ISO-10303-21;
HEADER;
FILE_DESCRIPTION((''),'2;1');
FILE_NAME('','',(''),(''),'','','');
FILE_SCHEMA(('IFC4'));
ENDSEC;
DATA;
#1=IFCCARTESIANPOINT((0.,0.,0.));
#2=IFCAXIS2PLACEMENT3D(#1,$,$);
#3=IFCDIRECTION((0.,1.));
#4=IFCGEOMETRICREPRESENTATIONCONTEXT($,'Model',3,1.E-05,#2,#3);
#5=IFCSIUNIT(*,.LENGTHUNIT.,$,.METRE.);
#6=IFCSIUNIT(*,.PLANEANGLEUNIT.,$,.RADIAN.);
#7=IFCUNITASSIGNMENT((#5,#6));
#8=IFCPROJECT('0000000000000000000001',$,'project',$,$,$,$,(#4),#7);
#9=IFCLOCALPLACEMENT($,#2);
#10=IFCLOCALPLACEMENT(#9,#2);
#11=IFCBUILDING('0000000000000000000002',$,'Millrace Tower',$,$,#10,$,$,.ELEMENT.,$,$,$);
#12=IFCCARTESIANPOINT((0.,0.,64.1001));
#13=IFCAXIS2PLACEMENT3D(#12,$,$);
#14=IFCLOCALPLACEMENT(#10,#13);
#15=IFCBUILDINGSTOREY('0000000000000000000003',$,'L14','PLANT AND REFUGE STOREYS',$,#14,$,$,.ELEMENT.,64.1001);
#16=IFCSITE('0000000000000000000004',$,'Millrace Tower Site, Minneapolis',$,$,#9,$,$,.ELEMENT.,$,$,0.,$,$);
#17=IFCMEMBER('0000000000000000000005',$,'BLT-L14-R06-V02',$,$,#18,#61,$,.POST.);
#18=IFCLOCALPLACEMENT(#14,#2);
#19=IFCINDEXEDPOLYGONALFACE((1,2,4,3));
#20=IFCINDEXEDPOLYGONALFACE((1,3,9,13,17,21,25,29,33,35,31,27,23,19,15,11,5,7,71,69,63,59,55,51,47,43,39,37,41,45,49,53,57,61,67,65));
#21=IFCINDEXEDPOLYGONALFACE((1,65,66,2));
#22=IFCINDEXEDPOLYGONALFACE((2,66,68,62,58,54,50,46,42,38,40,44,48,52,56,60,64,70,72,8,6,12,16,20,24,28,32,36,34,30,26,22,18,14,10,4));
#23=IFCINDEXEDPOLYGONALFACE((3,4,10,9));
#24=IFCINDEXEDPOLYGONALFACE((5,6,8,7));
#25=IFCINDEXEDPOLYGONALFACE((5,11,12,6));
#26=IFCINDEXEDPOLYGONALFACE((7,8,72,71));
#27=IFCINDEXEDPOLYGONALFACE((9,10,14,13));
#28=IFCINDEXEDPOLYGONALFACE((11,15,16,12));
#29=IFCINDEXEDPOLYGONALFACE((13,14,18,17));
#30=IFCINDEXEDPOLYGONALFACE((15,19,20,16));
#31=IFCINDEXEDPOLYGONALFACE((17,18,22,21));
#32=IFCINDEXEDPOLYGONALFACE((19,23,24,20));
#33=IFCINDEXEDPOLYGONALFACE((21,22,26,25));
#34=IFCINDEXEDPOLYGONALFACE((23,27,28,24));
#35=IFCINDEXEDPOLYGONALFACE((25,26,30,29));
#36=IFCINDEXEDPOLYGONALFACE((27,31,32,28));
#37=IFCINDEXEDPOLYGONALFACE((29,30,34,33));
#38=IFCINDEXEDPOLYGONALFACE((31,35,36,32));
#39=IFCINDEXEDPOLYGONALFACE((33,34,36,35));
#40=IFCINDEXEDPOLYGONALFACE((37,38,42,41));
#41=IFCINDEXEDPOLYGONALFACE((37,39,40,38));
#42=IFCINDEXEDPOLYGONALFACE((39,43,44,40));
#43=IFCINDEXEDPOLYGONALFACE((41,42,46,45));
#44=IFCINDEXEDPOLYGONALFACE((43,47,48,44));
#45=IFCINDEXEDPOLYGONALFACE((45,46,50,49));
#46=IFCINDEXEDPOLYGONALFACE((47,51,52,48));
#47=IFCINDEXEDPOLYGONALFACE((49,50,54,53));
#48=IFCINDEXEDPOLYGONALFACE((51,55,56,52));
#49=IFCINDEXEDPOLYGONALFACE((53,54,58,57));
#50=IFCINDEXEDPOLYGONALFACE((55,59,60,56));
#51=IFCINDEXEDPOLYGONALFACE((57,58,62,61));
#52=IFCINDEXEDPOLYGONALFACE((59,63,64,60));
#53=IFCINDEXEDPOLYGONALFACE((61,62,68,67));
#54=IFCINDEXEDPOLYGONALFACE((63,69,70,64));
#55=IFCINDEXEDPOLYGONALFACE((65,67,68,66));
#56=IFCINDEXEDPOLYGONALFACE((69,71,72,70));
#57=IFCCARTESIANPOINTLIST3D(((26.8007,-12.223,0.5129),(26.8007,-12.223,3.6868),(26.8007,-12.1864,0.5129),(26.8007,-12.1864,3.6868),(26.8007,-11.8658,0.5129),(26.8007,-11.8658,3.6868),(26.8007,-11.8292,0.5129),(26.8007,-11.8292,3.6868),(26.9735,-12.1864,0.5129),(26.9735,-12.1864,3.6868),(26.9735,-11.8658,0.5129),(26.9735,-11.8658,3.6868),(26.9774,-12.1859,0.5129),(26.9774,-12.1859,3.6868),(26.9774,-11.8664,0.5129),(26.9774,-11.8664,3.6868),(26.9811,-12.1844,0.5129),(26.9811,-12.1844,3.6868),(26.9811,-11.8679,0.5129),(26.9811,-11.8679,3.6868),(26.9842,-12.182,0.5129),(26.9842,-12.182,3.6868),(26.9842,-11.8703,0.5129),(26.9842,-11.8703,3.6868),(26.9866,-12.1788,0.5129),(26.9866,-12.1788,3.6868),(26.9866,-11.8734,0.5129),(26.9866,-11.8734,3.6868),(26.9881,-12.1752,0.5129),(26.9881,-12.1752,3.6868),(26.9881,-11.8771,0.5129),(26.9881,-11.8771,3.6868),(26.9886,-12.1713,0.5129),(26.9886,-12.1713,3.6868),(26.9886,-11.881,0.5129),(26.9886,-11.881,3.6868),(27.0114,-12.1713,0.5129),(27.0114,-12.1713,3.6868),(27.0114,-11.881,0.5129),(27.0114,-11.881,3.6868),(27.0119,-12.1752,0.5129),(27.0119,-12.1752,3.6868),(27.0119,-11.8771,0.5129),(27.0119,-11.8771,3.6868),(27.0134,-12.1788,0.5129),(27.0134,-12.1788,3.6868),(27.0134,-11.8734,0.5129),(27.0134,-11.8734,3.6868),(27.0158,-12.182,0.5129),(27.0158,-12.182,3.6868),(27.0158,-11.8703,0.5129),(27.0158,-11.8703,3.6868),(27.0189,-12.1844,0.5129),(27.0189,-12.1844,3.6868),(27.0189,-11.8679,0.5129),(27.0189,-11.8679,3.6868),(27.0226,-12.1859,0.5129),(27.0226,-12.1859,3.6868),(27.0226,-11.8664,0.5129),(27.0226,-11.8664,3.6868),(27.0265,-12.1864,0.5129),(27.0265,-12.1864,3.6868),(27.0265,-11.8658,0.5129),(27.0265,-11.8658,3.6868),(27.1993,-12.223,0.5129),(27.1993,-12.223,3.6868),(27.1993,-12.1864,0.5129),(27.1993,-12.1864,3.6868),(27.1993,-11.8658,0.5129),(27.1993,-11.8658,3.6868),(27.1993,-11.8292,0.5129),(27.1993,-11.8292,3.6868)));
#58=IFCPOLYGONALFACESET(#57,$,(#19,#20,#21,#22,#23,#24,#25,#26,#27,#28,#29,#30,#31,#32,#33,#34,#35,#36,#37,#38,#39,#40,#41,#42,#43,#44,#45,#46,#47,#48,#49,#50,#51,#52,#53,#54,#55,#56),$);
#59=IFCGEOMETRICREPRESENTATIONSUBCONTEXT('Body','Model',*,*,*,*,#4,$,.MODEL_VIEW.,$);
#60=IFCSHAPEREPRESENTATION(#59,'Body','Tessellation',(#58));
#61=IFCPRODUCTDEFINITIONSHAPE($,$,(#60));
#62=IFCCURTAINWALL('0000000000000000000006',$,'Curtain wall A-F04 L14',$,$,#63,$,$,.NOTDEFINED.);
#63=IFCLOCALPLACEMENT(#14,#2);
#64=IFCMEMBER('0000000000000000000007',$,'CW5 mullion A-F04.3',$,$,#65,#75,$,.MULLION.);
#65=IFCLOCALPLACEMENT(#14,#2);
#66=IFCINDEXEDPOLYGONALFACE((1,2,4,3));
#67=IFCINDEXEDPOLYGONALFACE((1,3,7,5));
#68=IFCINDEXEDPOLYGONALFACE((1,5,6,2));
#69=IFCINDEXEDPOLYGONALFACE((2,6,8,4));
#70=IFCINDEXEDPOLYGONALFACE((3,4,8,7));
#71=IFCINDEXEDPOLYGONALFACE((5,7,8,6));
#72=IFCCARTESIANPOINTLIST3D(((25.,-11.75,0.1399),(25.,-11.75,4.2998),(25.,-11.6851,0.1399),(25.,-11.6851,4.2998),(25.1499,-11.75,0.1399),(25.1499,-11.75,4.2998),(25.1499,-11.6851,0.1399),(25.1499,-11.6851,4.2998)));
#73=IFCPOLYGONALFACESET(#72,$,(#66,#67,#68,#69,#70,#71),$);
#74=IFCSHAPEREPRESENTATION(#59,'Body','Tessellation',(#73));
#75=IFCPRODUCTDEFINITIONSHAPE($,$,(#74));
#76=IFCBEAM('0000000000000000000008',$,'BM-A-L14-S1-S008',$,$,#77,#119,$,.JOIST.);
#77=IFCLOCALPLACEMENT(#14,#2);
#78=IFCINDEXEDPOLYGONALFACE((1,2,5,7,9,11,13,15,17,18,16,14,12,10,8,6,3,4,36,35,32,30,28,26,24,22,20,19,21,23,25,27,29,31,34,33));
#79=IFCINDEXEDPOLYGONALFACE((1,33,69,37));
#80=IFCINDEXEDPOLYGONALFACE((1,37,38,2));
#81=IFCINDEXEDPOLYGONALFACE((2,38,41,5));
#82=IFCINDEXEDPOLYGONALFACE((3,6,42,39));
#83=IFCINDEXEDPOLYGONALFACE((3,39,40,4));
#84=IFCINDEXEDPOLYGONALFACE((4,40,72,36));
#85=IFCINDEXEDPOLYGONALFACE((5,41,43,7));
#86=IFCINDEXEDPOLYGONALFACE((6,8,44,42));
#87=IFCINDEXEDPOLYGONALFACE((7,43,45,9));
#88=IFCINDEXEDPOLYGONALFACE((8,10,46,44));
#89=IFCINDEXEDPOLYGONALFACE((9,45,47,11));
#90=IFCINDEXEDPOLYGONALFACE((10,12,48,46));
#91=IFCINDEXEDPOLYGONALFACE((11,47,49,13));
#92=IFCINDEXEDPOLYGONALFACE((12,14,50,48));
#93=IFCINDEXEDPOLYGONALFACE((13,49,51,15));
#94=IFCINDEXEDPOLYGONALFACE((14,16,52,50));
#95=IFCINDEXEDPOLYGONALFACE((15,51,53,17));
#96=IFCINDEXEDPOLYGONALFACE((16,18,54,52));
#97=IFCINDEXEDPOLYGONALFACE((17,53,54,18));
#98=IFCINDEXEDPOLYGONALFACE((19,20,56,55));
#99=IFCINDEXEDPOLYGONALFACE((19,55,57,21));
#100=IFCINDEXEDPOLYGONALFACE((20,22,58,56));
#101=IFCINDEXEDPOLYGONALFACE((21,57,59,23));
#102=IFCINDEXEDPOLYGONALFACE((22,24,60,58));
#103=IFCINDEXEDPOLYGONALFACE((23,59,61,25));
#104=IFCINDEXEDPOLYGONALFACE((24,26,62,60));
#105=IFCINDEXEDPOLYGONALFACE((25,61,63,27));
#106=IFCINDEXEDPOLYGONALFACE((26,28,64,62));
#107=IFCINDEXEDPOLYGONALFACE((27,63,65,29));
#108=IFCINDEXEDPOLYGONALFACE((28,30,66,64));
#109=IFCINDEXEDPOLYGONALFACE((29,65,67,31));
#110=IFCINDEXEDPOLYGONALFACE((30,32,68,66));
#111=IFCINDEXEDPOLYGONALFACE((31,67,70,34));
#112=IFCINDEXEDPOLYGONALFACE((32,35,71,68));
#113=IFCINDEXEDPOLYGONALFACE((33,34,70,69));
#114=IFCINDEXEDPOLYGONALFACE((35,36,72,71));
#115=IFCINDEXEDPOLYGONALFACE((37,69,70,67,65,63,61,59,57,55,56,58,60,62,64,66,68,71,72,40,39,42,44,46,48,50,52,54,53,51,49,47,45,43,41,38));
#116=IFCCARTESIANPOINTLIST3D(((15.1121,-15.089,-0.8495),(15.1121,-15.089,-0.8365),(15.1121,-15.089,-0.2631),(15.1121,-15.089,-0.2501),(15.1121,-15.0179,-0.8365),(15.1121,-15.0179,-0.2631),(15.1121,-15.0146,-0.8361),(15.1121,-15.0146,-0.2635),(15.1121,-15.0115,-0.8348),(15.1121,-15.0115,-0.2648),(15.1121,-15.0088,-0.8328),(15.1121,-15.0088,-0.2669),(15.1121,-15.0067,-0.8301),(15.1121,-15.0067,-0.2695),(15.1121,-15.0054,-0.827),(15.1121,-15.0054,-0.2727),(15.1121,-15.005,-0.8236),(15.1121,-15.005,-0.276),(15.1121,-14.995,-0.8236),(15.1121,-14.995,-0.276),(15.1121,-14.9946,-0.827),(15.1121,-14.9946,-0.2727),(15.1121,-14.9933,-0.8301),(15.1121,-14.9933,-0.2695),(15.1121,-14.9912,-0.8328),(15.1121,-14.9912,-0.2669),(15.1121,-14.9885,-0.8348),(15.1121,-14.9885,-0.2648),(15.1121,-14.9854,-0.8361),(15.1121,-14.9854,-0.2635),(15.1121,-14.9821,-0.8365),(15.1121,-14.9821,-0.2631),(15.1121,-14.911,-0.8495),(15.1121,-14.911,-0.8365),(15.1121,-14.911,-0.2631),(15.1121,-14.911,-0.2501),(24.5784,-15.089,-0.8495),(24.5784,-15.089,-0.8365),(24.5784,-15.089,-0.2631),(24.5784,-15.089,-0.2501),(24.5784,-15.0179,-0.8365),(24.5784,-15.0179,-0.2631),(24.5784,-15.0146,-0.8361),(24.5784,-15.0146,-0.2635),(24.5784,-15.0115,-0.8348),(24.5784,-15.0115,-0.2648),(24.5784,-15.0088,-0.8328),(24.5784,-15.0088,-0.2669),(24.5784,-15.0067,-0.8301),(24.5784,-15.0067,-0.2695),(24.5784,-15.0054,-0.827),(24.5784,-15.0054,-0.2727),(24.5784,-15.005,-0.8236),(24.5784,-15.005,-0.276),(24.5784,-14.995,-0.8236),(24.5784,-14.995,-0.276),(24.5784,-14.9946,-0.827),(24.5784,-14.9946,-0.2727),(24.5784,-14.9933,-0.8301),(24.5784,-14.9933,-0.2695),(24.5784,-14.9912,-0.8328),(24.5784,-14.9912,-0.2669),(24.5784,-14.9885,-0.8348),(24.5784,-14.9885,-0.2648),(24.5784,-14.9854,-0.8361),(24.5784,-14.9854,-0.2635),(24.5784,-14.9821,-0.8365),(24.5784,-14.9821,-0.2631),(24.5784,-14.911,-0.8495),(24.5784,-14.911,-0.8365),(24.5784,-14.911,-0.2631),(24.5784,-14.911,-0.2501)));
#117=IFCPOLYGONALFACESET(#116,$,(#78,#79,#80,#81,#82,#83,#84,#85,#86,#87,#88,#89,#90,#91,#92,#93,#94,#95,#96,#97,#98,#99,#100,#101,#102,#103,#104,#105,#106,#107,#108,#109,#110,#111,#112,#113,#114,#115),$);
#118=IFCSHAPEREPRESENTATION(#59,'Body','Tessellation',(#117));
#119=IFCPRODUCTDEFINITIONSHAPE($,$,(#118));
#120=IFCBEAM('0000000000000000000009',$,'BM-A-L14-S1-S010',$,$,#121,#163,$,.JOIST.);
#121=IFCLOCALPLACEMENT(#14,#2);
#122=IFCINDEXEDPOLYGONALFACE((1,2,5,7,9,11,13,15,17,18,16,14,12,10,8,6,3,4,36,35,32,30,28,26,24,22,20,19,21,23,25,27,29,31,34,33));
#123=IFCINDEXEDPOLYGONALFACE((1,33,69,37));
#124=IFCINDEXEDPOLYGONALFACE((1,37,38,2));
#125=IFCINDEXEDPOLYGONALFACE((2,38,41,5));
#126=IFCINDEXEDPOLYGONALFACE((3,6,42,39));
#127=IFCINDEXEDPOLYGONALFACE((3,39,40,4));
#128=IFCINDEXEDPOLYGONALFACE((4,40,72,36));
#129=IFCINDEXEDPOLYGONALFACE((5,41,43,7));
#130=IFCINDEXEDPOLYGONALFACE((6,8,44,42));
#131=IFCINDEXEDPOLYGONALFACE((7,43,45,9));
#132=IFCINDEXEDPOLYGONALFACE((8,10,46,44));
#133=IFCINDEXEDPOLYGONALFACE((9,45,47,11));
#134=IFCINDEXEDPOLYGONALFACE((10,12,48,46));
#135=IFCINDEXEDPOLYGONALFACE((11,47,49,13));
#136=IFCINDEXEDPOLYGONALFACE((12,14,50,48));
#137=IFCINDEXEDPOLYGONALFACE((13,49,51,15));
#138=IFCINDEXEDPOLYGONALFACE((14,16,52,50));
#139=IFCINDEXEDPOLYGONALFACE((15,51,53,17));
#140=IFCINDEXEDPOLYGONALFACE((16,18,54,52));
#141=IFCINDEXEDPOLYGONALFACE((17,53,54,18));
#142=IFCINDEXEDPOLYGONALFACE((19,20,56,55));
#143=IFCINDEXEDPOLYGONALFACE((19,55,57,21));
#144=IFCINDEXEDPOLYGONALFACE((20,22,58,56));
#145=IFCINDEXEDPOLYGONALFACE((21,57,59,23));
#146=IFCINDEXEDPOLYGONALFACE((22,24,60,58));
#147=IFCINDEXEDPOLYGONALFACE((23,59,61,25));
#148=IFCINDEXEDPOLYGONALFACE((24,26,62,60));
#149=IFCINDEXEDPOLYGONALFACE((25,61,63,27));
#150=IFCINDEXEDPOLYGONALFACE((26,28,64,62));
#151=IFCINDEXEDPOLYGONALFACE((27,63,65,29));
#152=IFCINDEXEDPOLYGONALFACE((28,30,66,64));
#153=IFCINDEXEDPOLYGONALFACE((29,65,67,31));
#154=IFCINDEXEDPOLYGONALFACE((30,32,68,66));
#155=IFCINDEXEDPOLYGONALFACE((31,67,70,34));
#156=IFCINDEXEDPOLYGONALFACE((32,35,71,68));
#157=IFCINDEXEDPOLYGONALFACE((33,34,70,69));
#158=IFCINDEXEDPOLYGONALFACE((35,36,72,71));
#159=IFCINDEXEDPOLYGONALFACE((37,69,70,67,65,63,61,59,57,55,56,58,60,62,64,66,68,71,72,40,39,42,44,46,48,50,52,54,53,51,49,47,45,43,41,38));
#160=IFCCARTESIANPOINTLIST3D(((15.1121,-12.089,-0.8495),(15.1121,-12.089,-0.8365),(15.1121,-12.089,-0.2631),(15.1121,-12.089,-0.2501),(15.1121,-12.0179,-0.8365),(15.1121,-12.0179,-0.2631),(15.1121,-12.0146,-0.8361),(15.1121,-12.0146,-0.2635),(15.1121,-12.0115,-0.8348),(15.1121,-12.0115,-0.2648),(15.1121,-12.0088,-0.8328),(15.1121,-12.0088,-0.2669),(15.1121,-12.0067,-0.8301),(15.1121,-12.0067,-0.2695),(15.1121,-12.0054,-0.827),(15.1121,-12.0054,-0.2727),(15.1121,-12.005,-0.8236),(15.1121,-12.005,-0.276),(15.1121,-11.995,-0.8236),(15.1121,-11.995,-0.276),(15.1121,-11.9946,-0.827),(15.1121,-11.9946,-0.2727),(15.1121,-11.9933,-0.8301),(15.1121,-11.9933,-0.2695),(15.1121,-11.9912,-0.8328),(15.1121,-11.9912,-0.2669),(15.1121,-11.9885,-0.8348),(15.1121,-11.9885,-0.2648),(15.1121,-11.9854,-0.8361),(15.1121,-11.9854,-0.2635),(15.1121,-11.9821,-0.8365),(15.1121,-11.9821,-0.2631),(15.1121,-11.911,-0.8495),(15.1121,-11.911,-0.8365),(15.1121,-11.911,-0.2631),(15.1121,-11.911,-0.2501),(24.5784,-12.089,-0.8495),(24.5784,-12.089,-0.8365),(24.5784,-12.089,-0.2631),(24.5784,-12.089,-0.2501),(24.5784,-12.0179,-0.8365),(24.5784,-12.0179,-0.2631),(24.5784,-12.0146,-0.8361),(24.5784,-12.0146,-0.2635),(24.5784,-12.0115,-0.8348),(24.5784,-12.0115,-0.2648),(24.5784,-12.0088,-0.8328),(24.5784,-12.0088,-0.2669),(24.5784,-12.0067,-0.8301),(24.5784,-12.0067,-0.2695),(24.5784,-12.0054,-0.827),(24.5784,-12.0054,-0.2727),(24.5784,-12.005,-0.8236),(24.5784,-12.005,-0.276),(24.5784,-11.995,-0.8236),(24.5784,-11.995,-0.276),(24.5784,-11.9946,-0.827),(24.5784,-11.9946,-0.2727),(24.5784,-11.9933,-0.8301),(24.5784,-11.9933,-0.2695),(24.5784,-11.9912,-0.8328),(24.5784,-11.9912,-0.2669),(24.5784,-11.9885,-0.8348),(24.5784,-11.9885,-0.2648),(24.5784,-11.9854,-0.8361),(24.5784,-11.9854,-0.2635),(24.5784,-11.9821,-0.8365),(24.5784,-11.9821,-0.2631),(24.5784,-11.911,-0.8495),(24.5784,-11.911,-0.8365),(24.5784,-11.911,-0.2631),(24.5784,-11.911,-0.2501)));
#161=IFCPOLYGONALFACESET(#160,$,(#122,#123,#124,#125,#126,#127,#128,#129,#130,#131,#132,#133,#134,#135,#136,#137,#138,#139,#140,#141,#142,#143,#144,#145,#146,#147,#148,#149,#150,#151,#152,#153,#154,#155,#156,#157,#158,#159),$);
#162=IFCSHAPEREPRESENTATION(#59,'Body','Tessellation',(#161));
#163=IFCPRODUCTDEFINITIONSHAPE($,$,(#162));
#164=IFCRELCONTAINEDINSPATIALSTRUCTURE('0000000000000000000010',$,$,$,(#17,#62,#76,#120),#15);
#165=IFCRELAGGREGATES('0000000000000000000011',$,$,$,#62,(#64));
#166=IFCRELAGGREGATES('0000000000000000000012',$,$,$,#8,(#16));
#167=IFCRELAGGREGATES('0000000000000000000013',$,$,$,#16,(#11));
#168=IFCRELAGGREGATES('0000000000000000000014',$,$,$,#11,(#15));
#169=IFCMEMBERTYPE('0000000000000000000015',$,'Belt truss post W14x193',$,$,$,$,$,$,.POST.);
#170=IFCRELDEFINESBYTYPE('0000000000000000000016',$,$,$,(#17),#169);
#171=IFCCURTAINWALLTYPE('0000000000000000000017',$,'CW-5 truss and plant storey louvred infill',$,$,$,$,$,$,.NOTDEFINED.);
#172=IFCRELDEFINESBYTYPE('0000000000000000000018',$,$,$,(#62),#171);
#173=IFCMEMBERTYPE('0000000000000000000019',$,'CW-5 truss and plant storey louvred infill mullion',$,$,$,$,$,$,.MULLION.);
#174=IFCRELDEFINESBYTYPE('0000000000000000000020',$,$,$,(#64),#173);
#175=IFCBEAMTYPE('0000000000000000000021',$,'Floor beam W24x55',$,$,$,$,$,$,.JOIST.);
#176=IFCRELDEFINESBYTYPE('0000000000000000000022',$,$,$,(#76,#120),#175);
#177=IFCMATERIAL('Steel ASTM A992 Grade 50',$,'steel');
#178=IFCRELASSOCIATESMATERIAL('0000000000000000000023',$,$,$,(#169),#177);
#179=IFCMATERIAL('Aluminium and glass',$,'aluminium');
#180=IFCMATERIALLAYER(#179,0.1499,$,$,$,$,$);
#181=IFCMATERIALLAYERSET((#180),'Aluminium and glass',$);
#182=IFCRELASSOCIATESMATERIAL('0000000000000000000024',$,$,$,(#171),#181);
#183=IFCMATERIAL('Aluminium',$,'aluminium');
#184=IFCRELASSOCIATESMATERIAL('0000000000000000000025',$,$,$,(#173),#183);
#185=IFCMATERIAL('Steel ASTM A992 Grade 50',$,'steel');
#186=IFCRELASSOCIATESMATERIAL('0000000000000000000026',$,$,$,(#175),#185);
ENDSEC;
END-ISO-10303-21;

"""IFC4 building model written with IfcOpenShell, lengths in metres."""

from ifc_helpers import new_model, si_unit, direction, frame, origin, origin_2d, place, context, subcontext, project, spatial, rectangle, i_section, extrude, material, layer, layer_set, material_profile, profile_set, type_object, element, aggregate, save


model = new_model("IFC4")

# Units and contexts
model_context = context("Model", 3, precision=1e-05, world=origin(), true_north=direction((0.0, 1.0)))
body_context = subcontext(model_context, "Body", "Model", "MODEL_VIEW")
ifc_project = project(units=[si_unit("LENGTHUNIT", "METRE"), si_unit("PLANEANGLEUNIT", "RADIAN")], contexts=[model_context])

# Site, building, storey
site_placement = place(None, origin())
site = spatial("IfcSite", under=ifc_project, at=site_placement, Name="Millrace Tower Site, Minneapolis", CompositionType="ELEMENT", RefElevation=0.0)
building_placement = place(site_placement, origin())
building = spatial("IfcBuilding", under=site, at=building_placement, Name="Millrace Tower", CompositionType="ELEMENT")
storey_placement = place(building_placement, frame((0.0, 0.0, 64.1001)))
storey = spatial("IfcBuildingStorey", under=building, at=storey_placement, Name="L14", Description="PLANT AND REFUGE STOREYS", CompositionType="ELEMENT", Elevation=64.1001)

# Member
ifc_material_1 = material(Name="Steel ASTM A992 Grade 50", Category="steel")
ifc_material_profile_1 = material_profile(ifc_material_1, i_section(OverallWidth=0.3987, OverallDepth=0.3938, WebThickness=0.0227, FlangeThickness=0.0366, FilletRadius=0.0151, at=origin_2d()))
ifc_profile_set_1 = profile_set([ifc_material_profile_1], Name="Steel ASTM A992 Grade 50")
member_type_1 = type_object("IfcMemberType", Name="Belt truss post W14x193", PredefinedType="POST", material=ifc_profile_set_1)
member_1_placement = place(storey_placement, frame((27.0, -12.0261, 0.5129), z_axis=(0.0, 0.0, 1.0), x_axis=(1.0, 0.0, 0.0)))
element("IfcMember", 1, at=member_1_placement, inside=storey, type_object=member_type_1, Name="BLT-L14-R06-V02", PredefinedType="POST", context=body_context, shape_type="SweptSolid", body=[
    extrude(i_section(OverallWidth=0.3987, OverallDepth=0.3938, WebThickness=0.0227, FlangeThickness=0.0366, FilletRadius=0.0151, at=origin_2d()), origin(), (0.0, 0.0, 1.0), 3.1738),
])

# Curtain wall, member
ifc_material_2 = material(Name="Aluminium and glass", Category="aluminium")
ifc_layer_1 = layer(ifc_material_2, 0.1499)
ifc_layer_set_1 = layer_set([ifc_layer_1], Name="Aluminium and glass")
curtain_wall_type = type_object("IfcCurtainWallType", Name="CW-5 truss and plant storey louvred infill", PredefinedType="NOTDEFINED", material=ifc_layer_set_1)
curtain_wall_placement = place(storey_placement, origin())
curtain_wall = element("IfcCurtainWall", 2, at=curtain_wall_placement, inside=storey, type_object=curtain_wall_type, Name="Curtain wall A-F04 L14", PredefinedType="NOTDEFINED")
ifc_material_3 = material(Name="Aluminium", Category="aluminium")
ifc_material_profile_2 = material_profile(ifc_material_3, rectangle(XDim=0.0649, YDim=0.1499, at=origin_2d()))
ifc_profile_set_2 = profile_set([ifc_material_profile_2], Name="Aluminium")
member_type_2 = type_object("IfcMemberType", Name="CW-5 truss and plant storey louvred infill mullion", PredefinedType="MULLION", material=ifc_profile_set_2)
member_2_placement = place(storey_placement, frame((25.075, -11.7175, 0.1399), z_axis=(0.0, 0.0, 1.0), x_axis=(0.0, 1.0, 0.0)))
member_2 = element("IfcMember", 3, at=member_2_placement, type_object=member_type_2, Name="CW5 mullion A-F04.3", PredefinedType="MULLION", context=body_context, shape_type="SweptSolid", body=[
    extrude(rectangle(XDim=0.0649, YDim=0.1499, at=origin_2d()), origin(), (0.0, 0.0, 1.0), 4.1599),
])
aggregate(curtain_wall, [member_2])

# Beams
ifc_material_4 = material(Name="Steel ASTM A992 Grade 50", Category="steel")
ifc_material_profile_3 = material_profile(ifc_material_4, i_section(OverallWidth=0.178, OverallDepth=0.5994, WebThickness=0.01, FlangeThickness=0.0129, FilletRadius=0.0129, at=origin_2d()))
ifc_profile_set_3 = profile_set([ifc_material_profile_3], Name="Steel ASTM A992 Grade 50")
beam_type_1 = type_object("IfcBeamType", Name="Floor beam W24x55", PredefinedType="JOIST", material=ifc_profile_set_3)
for number, where, z_axis, x_axis, name in (
    (4, (15.1121, -15.0, -0.5498), (1.0, 0.0, 0.0), (0.0, 1.0, 0.0), "BM-A-L14-S1-S008"),
    (5, (15.1121, -12.0, -0.5498), (1.0, 0.0, 0.0), (0.0, 1.0, 0.0), "BM-A-L14-S1-S010"),
):
    element("IfcBeam", number, at=place(storey_placement, frame(where, z_axis=z_axis, x_axis=x_axis)), inside=storey, type_object=beam_type_1, Name=name, PredefinedType="JOIST", context=body_context, shape_type="SweptSolid", body=[
        extrude(i_section(OverallWidth=0.178, OverallDepth=0.5994, WebThickness=0.01, FlangeThickness=0.0129, FilletRadius=0.0129, at=origin_2d()), origin(), (0.0, 0.0, 1.0), 9.4663),
    ])

save(model, "model.ifc")
